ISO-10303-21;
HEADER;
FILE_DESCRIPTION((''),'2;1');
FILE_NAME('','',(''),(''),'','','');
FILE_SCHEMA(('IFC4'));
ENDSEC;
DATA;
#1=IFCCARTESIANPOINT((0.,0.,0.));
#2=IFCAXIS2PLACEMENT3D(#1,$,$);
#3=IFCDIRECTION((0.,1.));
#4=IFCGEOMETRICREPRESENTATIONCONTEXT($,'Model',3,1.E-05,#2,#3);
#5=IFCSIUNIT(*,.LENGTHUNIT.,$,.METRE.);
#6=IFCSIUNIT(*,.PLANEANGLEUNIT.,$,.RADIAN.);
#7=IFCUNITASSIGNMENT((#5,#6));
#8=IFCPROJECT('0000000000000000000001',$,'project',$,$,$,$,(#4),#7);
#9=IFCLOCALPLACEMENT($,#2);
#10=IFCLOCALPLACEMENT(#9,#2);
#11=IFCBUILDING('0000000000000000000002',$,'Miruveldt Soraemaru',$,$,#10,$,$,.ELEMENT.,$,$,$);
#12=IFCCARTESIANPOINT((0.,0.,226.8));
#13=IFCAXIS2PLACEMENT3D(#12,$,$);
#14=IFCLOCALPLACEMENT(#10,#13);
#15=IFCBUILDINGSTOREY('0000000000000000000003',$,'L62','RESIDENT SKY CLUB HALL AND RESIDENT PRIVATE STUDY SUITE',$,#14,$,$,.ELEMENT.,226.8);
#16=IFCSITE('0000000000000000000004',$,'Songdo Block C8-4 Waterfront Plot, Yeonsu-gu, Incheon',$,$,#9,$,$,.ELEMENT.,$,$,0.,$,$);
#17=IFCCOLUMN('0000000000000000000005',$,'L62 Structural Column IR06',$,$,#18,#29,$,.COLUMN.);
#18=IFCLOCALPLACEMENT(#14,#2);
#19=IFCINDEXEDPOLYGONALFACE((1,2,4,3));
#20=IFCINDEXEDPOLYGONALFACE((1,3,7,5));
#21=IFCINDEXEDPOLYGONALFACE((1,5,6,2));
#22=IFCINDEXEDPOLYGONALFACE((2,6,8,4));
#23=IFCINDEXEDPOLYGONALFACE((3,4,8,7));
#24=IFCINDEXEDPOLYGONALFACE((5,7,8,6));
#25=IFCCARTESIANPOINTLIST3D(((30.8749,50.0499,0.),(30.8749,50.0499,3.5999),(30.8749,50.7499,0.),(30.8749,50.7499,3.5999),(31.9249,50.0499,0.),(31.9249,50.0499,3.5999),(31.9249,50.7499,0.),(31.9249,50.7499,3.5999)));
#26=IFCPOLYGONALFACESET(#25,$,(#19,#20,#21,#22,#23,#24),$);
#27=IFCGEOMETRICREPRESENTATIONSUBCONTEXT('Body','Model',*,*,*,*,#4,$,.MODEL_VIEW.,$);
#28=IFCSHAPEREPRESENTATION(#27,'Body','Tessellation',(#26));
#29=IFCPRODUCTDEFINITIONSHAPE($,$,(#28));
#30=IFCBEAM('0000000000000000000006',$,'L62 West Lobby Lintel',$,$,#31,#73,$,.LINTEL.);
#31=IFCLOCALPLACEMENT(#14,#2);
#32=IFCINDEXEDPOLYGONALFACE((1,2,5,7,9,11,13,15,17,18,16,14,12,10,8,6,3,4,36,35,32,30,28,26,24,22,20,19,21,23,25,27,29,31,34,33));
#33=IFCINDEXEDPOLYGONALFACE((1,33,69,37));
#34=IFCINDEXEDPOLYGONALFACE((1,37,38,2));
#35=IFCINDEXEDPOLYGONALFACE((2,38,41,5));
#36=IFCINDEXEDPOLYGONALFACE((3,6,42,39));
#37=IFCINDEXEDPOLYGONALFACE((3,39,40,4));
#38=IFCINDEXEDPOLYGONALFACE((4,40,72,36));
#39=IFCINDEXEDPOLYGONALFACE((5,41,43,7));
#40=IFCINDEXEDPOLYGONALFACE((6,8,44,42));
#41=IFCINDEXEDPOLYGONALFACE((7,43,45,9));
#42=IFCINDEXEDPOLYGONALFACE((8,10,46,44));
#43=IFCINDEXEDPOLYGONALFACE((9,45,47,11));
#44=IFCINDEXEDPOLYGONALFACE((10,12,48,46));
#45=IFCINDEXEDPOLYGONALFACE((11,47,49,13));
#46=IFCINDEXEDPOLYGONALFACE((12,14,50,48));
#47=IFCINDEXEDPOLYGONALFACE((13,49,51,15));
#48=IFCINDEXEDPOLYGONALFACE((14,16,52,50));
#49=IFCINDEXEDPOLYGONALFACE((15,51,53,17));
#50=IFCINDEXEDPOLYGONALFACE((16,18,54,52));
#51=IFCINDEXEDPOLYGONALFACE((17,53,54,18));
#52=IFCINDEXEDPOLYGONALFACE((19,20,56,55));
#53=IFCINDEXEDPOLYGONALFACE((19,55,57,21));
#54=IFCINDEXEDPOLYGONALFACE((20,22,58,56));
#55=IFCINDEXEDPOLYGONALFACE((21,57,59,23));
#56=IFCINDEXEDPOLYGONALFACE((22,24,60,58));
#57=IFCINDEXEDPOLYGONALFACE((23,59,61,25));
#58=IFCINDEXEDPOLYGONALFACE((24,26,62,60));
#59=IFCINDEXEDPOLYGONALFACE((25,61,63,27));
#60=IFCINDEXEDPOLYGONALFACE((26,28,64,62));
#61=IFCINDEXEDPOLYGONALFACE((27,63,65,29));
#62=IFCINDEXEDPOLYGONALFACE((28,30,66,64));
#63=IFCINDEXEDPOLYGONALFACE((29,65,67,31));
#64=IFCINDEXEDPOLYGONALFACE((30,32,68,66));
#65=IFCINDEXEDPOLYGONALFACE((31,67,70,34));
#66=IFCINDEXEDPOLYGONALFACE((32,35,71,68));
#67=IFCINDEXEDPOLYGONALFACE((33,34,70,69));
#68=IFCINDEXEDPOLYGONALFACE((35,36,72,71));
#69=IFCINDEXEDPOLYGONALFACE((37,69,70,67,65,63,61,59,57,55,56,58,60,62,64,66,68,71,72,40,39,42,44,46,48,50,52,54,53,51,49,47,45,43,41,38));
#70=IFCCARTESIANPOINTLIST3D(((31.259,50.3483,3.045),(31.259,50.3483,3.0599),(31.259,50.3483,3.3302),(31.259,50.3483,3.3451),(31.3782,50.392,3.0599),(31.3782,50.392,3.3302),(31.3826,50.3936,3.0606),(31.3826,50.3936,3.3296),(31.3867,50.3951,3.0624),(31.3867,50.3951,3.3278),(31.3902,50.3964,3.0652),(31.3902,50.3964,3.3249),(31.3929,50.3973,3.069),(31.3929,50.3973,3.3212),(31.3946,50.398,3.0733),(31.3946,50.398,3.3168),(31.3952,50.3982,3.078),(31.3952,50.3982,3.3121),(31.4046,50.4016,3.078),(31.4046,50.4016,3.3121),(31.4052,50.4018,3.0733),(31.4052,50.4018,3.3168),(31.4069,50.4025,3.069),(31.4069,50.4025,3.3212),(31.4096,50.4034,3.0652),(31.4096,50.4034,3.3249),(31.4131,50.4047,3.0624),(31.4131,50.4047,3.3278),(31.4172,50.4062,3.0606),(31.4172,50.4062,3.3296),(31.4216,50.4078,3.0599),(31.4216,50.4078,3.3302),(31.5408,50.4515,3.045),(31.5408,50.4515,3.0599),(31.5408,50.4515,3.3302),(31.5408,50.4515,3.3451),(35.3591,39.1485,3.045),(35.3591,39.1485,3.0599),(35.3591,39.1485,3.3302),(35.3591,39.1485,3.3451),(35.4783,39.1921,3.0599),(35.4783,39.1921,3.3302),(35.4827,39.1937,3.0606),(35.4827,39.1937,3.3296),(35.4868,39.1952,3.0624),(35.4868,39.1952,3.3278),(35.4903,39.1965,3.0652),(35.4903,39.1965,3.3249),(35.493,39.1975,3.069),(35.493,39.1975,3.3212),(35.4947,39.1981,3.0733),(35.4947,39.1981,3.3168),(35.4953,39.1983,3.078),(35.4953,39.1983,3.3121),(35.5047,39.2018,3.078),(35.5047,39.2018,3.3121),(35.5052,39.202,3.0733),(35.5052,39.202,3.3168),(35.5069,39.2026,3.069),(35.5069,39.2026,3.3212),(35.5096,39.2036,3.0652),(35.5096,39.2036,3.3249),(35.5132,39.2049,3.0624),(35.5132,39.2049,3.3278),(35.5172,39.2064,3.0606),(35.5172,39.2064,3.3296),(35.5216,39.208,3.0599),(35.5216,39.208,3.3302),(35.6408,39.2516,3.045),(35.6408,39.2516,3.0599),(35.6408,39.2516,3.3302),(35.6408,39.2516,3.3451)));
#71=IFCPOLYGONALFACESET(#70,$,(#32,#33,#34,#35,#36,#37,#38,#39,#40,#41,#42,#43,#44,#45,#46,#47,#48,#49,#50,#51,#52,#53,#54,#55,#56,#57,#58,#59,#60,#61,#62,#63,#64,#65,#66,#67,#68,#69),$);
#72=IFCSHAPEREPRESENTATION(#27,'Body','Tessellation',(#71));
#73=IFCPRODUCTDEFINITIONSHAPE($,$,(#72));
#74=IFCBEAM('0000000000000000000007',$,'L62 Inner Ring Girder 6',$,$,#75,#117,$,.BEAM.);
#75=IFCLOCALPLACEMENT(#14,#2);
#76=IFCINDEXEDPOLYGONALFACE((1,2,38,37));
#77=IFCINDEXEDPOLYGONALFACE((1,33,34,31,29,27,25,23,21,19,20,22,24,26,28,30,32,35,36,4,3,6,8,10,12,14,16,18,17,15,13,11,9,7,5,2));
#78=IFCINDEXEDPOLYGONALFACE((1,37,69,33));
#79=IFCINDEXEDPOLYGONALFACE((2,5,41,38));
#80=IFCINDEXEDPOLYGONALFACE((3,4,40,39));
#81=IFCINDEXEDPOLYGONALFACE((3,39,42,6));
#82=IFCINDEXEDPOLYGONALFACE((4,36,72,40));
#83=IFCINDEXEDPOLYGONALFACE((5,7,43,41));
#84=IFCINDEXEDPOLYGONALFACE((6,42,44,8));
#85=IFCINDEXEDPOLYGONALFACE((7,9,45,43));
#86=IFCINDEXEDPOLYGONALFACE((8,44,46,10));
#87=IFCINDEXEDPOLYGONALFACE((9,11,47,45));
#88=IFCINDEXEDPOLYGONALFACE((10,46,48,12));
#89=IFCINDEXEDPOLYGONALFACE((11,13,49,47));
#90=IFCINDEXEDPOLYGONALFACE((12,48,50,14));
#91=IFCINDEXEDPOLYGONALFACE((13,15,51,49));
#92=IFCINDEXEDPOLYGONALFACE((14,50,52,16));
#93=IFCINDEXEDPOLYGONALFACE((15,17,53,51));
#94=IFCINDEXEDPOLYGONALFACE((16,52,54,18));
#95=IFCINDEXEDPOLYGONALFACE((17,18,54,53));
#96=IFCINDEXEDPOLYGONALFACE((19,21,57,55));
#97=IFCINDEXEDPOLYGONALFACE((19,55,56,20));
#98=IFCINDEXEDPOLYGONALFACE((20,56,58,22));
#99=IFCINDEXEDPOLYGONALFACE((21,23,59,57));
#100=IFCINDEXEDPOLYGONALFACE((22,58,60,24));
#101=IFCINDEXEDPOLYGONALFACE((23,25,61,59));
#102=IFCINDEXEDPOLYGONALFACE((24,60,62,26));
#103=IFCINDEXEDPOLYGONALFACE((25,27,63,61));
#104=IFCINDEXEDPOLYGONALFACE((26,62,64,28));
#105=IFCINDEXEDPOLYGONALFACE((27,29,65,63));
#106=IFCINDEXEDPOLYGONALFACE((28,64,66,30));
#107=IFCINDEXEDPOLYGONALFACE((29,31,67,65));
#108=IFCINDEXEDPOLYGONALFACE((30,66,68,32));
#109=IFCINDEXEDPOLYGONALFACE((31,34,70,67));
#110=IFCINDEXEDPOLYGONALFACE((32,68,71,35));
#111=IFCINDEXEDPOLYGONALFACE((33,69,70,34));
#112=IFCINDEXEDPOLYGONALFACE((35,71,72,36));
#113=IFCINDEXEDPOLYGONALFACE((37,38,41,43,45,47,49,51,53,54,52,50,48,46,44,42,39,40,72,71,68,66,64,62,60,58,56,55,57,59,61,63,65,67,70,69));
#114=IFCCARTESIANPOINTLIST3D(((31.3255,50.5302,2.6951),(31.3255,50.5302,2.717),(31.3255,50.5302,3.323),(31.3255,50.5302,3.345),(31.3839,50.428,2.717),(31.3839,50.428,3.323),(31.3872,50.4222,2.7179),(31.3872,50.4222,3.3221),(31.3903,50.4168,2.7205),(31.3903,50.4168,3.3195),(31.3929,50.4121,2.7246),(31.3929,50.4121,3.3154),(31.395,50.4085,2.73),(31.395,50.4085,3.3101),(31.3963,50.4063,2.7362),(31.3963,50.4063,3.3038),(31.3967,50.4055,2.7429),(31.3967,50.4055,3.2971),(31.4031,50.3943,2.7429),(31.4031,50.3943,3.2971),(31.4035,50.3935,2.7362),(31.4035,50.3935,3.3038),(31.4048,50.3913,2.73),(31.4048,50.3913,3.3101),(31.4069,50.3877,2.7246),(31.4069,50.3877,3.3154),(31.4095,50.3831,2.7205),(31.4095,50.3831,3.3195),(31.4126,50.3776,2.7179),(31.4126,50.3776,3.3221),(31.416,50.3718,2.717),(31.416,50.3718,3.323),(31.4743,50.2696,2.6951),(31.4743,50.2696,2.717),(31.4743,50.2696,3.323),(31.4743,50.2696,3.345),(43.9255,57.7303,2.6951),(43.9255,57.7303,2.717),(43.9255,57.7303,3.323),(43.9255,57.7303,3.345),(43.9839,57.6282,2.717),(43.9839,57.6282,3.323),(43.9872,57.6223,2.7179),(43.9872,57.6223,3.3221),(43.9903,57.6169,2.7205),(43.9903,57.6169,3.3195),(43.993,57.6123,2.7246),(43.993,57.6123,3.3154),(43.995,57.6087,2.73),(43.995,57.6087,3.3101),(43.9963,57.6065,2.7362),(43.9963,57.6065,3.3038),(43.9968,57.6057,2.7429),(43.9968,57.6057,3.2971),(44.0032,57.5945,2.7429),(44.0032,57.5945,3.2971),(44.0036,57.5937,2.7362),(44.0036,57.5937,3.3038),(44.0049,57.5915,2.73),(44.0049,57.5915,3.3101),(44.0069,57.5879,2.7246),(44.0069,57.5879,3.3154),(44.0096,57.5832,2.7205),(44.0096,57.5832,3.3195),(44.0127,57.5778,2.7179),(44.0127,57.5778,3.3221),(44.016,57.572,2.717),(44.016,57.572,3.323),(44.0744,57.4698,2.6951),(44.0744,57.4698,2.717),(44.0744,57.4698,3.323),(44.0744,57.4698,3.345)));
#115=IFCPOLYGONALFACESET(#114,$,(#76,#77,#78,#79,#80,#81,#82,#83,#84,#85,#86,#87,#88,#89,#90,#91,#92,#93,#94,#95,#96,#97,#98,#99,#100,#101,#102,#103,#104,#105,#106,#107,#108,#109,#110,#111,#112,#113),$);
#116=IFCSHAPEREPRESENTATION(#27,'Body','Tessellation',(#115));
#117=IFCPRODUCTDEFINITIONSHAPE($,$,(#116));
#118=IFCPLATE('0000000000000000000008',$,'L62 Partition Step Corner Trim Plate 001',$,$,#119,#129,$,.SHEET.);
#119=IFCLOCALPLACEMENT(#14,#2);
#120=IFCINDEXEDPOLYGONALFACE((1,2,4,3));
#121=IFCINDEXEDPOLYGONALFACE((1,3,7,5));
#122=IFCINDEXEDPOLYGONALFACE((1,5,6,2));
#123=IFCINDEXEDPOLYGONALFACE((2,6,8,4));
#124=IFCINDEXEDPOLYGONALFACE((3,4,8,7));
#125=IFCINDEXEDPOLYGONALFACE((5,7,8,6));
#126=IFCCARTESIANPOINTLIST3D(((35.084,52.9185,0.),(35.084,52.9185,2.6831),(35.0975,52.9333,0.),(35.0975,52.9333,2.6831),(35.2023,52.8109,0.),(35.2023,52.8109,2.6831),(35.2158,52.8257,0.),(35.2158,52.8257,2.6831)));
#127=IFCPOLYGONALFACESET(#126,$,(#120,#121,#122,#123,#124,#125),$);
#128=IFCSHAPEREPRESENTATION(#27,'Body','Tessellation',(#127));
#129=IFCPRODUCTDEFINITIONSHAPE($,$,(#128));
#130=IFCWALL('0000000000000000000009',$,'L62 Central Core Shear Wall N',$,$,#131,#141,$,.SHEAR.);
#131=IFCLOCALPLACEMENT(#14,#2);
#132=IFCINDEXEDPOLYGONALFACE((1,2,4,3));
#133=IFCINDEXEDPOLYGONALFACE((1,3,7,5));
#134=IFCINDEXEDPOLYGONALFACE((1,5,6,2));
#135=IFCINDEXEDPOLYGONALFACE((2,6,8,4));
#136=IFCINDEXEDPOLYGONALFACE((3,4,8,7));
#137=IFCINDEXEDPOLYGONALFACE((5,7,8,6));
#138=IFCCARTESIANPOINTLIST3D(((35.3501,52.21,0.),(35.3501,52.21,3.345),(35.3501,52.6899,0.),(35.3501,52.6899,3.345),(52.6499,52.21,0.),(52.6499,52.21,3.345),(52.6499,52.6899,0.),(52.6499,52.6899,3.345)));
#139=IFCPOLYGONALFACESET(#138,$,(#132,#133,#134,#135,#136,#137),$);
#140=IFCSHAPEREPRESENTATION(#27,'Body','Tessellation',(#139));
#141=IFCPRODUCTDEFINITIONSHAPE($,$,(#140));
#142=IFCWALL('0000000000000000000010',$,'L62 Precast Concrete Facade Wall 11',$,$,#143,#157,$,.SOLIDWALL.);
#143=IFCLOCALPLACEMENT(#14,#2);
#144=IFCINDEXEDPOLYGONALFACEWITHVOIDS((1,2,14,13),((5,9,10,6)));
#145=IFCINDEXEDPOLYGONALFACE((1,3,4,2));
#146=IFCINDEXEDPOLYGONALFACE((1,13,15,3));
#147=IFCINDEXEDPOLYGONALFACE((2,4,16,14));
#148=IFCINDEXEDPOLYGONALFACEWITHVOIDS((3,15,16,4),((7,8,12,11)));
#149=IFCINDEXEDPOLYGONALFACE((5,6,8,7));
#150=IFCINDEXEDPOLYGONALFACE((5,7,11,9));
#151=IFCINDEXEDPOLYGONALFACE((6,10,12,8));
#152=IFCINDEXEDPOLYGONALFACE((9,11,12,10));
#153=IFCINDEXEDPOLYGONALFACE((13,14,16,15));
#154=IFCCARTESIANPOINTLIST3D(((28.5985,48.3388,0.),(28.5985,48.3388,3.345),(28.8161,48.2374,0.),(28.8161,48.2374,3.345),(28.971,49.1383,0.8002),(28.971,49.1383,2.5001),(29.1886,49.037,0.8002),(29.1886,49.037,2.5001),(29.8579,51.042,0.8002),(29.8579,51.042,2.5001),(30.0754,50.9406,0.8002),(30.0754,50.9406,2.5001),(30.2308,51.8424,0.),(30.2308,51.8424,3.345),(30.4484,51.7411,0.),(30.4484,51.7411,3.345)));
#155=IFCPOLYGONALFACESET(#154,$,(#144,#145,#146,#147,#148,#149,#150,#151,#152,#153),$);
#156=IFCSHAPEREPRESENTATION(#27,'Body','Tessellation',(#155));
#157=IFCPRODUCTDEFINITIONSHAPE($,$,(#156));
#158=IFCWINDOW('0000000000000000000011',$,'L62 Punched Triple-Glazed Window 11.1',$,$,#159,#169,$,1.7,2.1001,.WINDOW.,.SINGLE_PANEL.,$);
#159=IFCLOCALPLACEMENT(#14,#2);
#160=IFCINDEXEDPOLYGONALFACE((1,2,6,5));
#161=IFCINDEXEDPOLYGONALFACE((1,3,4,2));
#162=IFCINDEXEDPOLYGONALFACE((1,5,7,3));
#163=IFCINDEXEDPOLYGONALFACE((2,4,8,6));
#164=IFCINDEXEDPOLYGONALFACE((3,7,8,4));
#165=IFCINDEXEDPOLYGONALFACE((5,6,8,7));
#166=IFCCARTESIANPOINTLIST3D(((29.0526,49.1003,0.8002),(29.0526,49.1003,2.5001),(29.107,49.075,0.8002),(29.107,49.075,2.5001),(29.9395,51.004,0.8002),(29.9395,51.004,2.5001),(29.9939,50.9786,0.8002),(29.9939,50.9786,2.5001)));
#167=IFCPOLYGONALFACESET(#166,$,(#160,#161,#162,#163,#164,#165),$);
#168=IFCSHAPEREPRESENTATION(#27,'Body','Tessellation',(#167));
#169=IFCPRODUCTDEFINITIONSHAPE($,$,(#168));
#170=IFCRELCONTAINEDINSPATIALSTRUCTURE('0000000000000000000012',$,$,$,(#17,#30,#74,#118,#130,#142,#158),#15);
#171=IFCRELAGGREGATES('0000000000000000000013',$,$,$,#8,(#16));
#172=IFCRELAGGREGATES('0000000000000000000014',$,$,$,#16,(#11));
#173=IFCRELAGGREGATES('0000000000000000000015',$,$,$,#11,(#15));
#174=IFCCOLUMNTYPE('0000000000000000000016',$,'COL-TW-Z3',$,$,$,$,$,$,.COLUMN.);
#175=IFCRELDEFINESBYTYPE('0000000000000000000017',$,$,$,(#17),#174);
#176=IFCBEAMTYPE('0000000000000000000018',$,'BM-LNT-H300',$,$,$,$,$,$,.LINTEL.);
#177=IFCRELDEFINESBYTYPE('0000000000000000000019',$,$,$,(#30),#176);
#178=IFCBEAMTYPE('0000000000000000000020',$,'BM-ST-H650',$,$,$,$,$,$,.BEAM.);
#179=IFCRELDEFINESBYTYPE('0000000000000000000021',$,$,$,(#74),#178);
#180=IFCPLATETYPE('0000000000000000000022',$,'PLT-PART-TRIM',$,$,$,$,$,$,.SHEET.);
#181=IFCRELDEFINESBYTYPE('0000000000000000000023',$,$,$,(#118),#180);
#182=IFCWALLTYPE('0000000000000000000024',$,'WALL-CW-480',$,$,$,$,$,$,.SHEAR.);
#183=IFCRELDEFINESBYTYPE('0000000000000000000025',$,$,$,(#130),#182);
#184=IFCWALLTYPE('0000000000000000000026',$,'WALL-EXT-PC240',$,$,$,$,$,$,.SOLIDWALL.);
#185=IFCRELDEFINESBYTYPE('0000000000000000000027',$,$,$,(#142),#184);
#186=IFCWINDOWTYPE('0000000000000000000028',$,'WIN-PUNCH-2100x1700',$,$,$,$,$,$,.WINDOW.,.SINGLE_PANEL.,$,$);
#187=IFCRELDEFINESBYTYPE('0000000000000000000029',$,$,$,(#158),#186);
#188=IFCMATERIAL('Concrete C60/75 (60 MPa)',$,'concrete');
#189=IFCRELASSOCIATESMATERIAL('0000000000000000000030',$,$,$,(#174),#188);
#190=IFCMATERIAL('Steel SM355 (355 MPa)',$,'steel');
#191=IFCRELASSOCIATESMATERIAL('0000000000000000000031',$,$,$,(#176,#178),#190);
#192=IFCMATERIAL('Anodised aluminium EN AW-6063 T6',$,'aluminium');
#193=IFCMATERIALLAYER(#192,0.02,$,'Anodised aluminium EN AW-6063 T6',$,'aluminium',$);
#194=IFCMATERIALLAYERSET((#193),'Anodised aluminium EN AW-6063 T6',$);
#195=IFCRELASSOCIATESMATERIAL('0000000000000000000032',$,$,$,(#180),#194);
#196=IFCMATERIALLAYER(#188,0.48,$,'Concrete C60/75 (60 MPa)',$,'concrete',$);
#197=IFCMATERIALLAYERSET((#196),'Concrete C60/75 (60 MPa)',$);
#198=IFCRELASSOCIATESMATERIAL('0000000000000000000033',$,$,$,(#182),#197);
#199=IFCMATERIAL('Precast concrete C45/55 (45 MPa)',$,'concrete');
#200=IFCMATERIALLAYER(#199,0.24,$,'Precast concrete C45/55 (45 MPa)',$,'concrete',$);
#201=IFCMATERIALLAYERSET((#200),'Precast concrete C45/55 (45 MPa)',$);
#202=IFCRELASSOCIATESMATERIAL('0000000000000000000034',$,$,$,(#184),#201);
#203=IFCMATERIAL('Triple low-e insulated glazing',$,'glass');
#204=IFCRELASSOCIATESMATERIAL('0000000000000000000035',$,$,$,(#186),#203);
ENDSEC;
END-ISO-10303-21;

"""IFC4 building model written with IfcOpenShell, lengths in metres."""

from ifc_helpers import new_model, si_unit, direction, frame, frame_2d, origin, origin_2d, place, context, subcontext, project, spatial, rectangle, i_section, extrude, material, layer, layer_set, material_profile, profile_set, type_object, element, fill, save


model = new_model("IFC4")

# Units and contexts
model_context = context("Model", 3, precision=1e-05, world=origin(), true_north=direction((0.0, 1.0)))
body_context = subcontext(model_context, "Body", "Model", "MODEL_VIEW")
ifc_project = project(units=[si_unit("LENGTHUNIT", "METRE"), si_unit("PLANEANGLEUNIT", "RADIAN")], contexts=[model_context])

# Site, building, storey
site_placement = place(None, origin())
site = spatial("IfcSite", under=ifc_project, at=site_placement, Name="Songdo Block C8-4 Waterfront Plot, Yeonsu-gu, Incheon", CompositionType="ELEMENT", RefElevation=0.0)
building_placement = place(site_placement, origin())
building = spatial("IfcBuilding", under=site, at=building_placement, Name="Miruveldt Soraemaru", CompositionType="ELEMENT")
storey_placement = place(building_placement, frame((0.0, 0.0, 226.8)))
storey = spatial("IfcBuildingStorey", under=building, at=storey_placement, Name="L62", Description="RESIDENT SKY CLUB HALL AND RESIDENT PRIVATE STUDY SUITE", CompositionType="ELEMENT", Elevation=226.8)

# Column
ifc_material_1 = material(Name="Concrete C60/75 (60 MPa)", Category="concrete")
ifc_material_profile_1 = material_profile(ifc_material_1, rectangle(XDim=1.05, YDim=0.7, at=origin_2d()), Name="Concrete C60/75 (60 MPa)", Category="concrete")
ifc_profile_set_1 = profile_set([ifc_material_profile_1], Name="Concrete C60/75 (60 MPa)")
column_type = type_object("IfcColumnType", Name="COL-TW-Z3", PredefinedType="COLUMN", material=ifc_profile_set_1)
column_placement = place(storey_placement, frame((31.3999, 50.3999, 0.0), z_axis=(0.0, 0.0, 1.0), x_axis=(1.0, 0.0, 0.0)))
element("IfcColumn", 1, at=column_placement, inside=storey, type_object=column_type, Name="L62 Structural Column IR06", PredefinedType="COLUMN", context=body_context, shape_type="SweptSolid", body=[
    extrude(rectangle(XDim=1.05, YDim=0.7, at=origin_2d()), origin(), (0.0, 0.0, 1.0), 3.5999),
])

# Beams
ifc_material_2 = material(Name="Steel SM355 (355 MPa)", Category="steel")
ifc_material_profile_2 = material_profile(ifc_material_2, i_section(OverallWidth=0.3, OverallDepth=0.3, WebThickness=0.01, FlangeThickness=0.0149, FilletRadius=0.0181, at=origin_2d()), Name="Steel SM355 (355 MPa)", Category="steel")
ifc_profile_set_2 = profile_set([ifc_material_profile_2], Name="Steel SM355 (355 MPa)")
beam_type_1 = type_object("IfcBeamType", Name="BM-LNT-H300", PredefinedType="LINTEL", material=ifc_profile_set_2)
beam_1_placement = place(storey_placement, frame((31.3999, 50.3999, 3.1951), z_axis=(0.34377, -0.939054, 0.0), x_axis=(0.939054, 0.34377, 0.0)))
element("IfcBeam", 2, at=beam_1_placement, inside=storey, type_object=beam_type_1, Name="L62 West Lobby Lintel", PredefinedType="LINTEL", context=body_context, shape_type="SweptSolid", body=[
    extrude(i_section(OverallWidth=0.3, OverallDepth=0.3, WebThickness=0.01, FlangeThickness=0.0149, FilletRadius=0.0181, at=origin_2d()), origin(), (0.0, 0.0, 1.0), 11.9268),
])
ifc_material_profile_3 = material_profile(ifc_material_2, i_section(OverallWidth=0.3, OverallDepth=0.6499, WebThickness=0.0129, FlangeThickness=0.022, FilletRadius=0.0259, at=origin_2d()), Name="Steel SM355 (355 MPa)", Category="steel")
ifc_profile_set_3 = profile_set([ifc_material_profile_3], Name="Steel SM355 (355 MPa)")
beam_type_2 = type_object("IfcBeamType", Name="BM-ST-H650", PredefinedType="BEAM", material=ifc_profile_set_3)
beam_2_placement = place(storey_placement, frame((31.3999, 50.3999, 3.02), z_axis=(0.868239, 0.496146, 0.0), x_axis=(-0.496146, 0.868239, 0.0)))
element("IfcBeam", 3, at=beam_2_placement, inside=storey, type_object=beam_type_2, Name="L62 Inner Ring Girder 6", PredefinedType="BEAM", context=body_context, shape_type="SweptSolid", body=[
    extrude(i_section(OverallWidth=0.3, OverallDepth=0.6499, WebThickness=0.0129, FlangeThickness=0.022, FilletRadius=0.0259, at=origin_2d()), origin(), (0.0, 0.0, 1.0), 14.5122),
])

# Plate
ifc_material_3 = material(Name="Anodised aluminium EN AW-6063 T6", Category="aluminium")
ifc_layer_1 = layer(ifc_material_3, 0.02, Name="Anodised aluminium EN AW-6063 T6", Category="aluminium")
ifc_layer_set_1 = layer_set([ifc_layer_1], Name="Anodised aluminium EN AW-6063 T6")
plate_type = type_object("IfcPlateType", Name="PLT-PART-TRIM", PredefinedType="SHEET", material=ifc_layer_set_1)
plate_placement = place(storey_placement, frame((35.1499, 52.8721, 0.0), z_axis=(0.0, 0.0, 1.0), x_axis=(0.739631, -0.673013, 0.0)))
element("IfcPlate", 4, at=plate_placement, inside=storey, type_object=plate_type, Name="L62 Partition Step Corner Trim Plate 001", PredefinedType="SHEET", context=body_context, shape_type="SweptSolid", body=[
    extrude(rectangle(XDim=0.1599, YDim=0.02, at=origin_2d()), origin(), (0.0, 0.0, 1.0), 2.6831),
])

# Wall
ifc_layer_2 = layer(ifc_material_1, 0.48, Name="Concrete C60/75 (60 MPa)", Category="concrete")
ifc_layer_set_2 = layer_set([ifc_layer_2], Name="Concrete C60/75 (60 MPa)")
wall_type_1 = type_object("IfcWallType", Name="WALL-CW-480", PredefinedType="SHEAR", material=ifc_layer_set_2)
wall_1_placement = place(storey_placement, frame((35.3501, 52.45, 0.0), z_axis=(0.0, 0.0, 1.0), x_axis=(1.0, 0.0, 0.0)))
element("IfcWall", 5, at=wall_1_placement, inside=storey, type_object=wall_type_1, Name="L62 Central Core Shear Wall N", PredefinedType="SHEAR", context=body_context, shape_type="SweptSolid", body=[
    extrude(rectangle(XDim=17.2998, YDim=0.48, at=frame_2d((8.6499, 0.0))), origin(), (0.0, 0.0, 1.0), 3.345),
])

# Wall, opening, window
ifc_material_4 = material(Name="Precast concrete C45/55 (45 MPa)", Category="concrete")
ifc_layer_3 = layer(ifc_material_4, 0.24, Name="Precast concrete C45/55 (45 MPa)", Category="concrete")
ifc_layer_set_3 = layer_set([ifc_layer_3], Name="Precast concrete C45/55 (45 MPa)")
wall_type_2 = type_object("IfcWallType", Name="WALL-EXT-PC240", PredefinedType="SOLIDWALL", material=ifc_layer_set_3)
wall_2_placement = place(storey_placement, frame((30.3396, 51.7917, 0.0), z_axis=(0.0, 0.0, 1.0), x_axis=(-0.422308, -0.906452, 0.0)))
wall_2 = element("IfcWall", 6, at=wall_2_placement, inside=storey, type_object=wall_type_2, Name="L62 Precast Concrete Facade Wall 11", PredefinedType="SOLIDWALL", context=body_context, shape_type="SweptSolid", body=[
    extrude(rectangle(XDim=3.8652, YDim=0.24, at=frame_2d((1.9326, 0.0))), origin(), (0.0, 0.0, 1.0), 3.345),
])
opening_1_placement = place(wall_2_placement, frame((0.8831, 0.0, 0.8)))
opening_1 = element("IfcOpeningElement", 7, at=opening_1_placement, cuts=wall_2, PredefinedType="OPENING", context=body_context, shape_type="SweptSolid", body=[
    extrude(rectangle(XDim=2.1001, YDim=1.7, at=frame_2d((1.05, 0.8501))), frame((0.0, 0.1299, 0.0), z_axis=(0.0, -1.0, 0.0), x_axis=(1.0, 0.0, 0.0)), (0.0, 0.0, 1.0), 0.26),
])
ifc_material_5 = material(Name="Triple low-e insulated glazing", Category="glass")
window_type = type_object("IfcWindowType", Name="WIN-PUNCH-2100x1700", PartitioningType="SINGLE_PANEL", PredefinedType="WINDOW", material=ifc_material_5)
window_placement = place(opening_1_placement, origin())
window = element("IfcWindow", 8, at=window_placement, inside=storey, type_object=window_type, Name="L62 Punched Triple-Glazed Window 11.1", OverallHeight=1.7, OverallWidth=2.1001, PartitioningType="SINGLE_PANEL", PredefinedType="WINDOW", context=body_context, shape_type="SweptSolid", body=[
    extrude(rectangle(XDim=2.1001, YDim=1.7, at=frame_2d((1.05, 0.8501))), frame((0.0, 0.03, 0.0), z_axis=(0.0, -1.0, 0.0), x_axis=(1.0, 0.0, 0.0)), (0.0, 0.0, 1.0), 0.0601),
])
fill(opening_1, window)

save(model, "model.ifc")
